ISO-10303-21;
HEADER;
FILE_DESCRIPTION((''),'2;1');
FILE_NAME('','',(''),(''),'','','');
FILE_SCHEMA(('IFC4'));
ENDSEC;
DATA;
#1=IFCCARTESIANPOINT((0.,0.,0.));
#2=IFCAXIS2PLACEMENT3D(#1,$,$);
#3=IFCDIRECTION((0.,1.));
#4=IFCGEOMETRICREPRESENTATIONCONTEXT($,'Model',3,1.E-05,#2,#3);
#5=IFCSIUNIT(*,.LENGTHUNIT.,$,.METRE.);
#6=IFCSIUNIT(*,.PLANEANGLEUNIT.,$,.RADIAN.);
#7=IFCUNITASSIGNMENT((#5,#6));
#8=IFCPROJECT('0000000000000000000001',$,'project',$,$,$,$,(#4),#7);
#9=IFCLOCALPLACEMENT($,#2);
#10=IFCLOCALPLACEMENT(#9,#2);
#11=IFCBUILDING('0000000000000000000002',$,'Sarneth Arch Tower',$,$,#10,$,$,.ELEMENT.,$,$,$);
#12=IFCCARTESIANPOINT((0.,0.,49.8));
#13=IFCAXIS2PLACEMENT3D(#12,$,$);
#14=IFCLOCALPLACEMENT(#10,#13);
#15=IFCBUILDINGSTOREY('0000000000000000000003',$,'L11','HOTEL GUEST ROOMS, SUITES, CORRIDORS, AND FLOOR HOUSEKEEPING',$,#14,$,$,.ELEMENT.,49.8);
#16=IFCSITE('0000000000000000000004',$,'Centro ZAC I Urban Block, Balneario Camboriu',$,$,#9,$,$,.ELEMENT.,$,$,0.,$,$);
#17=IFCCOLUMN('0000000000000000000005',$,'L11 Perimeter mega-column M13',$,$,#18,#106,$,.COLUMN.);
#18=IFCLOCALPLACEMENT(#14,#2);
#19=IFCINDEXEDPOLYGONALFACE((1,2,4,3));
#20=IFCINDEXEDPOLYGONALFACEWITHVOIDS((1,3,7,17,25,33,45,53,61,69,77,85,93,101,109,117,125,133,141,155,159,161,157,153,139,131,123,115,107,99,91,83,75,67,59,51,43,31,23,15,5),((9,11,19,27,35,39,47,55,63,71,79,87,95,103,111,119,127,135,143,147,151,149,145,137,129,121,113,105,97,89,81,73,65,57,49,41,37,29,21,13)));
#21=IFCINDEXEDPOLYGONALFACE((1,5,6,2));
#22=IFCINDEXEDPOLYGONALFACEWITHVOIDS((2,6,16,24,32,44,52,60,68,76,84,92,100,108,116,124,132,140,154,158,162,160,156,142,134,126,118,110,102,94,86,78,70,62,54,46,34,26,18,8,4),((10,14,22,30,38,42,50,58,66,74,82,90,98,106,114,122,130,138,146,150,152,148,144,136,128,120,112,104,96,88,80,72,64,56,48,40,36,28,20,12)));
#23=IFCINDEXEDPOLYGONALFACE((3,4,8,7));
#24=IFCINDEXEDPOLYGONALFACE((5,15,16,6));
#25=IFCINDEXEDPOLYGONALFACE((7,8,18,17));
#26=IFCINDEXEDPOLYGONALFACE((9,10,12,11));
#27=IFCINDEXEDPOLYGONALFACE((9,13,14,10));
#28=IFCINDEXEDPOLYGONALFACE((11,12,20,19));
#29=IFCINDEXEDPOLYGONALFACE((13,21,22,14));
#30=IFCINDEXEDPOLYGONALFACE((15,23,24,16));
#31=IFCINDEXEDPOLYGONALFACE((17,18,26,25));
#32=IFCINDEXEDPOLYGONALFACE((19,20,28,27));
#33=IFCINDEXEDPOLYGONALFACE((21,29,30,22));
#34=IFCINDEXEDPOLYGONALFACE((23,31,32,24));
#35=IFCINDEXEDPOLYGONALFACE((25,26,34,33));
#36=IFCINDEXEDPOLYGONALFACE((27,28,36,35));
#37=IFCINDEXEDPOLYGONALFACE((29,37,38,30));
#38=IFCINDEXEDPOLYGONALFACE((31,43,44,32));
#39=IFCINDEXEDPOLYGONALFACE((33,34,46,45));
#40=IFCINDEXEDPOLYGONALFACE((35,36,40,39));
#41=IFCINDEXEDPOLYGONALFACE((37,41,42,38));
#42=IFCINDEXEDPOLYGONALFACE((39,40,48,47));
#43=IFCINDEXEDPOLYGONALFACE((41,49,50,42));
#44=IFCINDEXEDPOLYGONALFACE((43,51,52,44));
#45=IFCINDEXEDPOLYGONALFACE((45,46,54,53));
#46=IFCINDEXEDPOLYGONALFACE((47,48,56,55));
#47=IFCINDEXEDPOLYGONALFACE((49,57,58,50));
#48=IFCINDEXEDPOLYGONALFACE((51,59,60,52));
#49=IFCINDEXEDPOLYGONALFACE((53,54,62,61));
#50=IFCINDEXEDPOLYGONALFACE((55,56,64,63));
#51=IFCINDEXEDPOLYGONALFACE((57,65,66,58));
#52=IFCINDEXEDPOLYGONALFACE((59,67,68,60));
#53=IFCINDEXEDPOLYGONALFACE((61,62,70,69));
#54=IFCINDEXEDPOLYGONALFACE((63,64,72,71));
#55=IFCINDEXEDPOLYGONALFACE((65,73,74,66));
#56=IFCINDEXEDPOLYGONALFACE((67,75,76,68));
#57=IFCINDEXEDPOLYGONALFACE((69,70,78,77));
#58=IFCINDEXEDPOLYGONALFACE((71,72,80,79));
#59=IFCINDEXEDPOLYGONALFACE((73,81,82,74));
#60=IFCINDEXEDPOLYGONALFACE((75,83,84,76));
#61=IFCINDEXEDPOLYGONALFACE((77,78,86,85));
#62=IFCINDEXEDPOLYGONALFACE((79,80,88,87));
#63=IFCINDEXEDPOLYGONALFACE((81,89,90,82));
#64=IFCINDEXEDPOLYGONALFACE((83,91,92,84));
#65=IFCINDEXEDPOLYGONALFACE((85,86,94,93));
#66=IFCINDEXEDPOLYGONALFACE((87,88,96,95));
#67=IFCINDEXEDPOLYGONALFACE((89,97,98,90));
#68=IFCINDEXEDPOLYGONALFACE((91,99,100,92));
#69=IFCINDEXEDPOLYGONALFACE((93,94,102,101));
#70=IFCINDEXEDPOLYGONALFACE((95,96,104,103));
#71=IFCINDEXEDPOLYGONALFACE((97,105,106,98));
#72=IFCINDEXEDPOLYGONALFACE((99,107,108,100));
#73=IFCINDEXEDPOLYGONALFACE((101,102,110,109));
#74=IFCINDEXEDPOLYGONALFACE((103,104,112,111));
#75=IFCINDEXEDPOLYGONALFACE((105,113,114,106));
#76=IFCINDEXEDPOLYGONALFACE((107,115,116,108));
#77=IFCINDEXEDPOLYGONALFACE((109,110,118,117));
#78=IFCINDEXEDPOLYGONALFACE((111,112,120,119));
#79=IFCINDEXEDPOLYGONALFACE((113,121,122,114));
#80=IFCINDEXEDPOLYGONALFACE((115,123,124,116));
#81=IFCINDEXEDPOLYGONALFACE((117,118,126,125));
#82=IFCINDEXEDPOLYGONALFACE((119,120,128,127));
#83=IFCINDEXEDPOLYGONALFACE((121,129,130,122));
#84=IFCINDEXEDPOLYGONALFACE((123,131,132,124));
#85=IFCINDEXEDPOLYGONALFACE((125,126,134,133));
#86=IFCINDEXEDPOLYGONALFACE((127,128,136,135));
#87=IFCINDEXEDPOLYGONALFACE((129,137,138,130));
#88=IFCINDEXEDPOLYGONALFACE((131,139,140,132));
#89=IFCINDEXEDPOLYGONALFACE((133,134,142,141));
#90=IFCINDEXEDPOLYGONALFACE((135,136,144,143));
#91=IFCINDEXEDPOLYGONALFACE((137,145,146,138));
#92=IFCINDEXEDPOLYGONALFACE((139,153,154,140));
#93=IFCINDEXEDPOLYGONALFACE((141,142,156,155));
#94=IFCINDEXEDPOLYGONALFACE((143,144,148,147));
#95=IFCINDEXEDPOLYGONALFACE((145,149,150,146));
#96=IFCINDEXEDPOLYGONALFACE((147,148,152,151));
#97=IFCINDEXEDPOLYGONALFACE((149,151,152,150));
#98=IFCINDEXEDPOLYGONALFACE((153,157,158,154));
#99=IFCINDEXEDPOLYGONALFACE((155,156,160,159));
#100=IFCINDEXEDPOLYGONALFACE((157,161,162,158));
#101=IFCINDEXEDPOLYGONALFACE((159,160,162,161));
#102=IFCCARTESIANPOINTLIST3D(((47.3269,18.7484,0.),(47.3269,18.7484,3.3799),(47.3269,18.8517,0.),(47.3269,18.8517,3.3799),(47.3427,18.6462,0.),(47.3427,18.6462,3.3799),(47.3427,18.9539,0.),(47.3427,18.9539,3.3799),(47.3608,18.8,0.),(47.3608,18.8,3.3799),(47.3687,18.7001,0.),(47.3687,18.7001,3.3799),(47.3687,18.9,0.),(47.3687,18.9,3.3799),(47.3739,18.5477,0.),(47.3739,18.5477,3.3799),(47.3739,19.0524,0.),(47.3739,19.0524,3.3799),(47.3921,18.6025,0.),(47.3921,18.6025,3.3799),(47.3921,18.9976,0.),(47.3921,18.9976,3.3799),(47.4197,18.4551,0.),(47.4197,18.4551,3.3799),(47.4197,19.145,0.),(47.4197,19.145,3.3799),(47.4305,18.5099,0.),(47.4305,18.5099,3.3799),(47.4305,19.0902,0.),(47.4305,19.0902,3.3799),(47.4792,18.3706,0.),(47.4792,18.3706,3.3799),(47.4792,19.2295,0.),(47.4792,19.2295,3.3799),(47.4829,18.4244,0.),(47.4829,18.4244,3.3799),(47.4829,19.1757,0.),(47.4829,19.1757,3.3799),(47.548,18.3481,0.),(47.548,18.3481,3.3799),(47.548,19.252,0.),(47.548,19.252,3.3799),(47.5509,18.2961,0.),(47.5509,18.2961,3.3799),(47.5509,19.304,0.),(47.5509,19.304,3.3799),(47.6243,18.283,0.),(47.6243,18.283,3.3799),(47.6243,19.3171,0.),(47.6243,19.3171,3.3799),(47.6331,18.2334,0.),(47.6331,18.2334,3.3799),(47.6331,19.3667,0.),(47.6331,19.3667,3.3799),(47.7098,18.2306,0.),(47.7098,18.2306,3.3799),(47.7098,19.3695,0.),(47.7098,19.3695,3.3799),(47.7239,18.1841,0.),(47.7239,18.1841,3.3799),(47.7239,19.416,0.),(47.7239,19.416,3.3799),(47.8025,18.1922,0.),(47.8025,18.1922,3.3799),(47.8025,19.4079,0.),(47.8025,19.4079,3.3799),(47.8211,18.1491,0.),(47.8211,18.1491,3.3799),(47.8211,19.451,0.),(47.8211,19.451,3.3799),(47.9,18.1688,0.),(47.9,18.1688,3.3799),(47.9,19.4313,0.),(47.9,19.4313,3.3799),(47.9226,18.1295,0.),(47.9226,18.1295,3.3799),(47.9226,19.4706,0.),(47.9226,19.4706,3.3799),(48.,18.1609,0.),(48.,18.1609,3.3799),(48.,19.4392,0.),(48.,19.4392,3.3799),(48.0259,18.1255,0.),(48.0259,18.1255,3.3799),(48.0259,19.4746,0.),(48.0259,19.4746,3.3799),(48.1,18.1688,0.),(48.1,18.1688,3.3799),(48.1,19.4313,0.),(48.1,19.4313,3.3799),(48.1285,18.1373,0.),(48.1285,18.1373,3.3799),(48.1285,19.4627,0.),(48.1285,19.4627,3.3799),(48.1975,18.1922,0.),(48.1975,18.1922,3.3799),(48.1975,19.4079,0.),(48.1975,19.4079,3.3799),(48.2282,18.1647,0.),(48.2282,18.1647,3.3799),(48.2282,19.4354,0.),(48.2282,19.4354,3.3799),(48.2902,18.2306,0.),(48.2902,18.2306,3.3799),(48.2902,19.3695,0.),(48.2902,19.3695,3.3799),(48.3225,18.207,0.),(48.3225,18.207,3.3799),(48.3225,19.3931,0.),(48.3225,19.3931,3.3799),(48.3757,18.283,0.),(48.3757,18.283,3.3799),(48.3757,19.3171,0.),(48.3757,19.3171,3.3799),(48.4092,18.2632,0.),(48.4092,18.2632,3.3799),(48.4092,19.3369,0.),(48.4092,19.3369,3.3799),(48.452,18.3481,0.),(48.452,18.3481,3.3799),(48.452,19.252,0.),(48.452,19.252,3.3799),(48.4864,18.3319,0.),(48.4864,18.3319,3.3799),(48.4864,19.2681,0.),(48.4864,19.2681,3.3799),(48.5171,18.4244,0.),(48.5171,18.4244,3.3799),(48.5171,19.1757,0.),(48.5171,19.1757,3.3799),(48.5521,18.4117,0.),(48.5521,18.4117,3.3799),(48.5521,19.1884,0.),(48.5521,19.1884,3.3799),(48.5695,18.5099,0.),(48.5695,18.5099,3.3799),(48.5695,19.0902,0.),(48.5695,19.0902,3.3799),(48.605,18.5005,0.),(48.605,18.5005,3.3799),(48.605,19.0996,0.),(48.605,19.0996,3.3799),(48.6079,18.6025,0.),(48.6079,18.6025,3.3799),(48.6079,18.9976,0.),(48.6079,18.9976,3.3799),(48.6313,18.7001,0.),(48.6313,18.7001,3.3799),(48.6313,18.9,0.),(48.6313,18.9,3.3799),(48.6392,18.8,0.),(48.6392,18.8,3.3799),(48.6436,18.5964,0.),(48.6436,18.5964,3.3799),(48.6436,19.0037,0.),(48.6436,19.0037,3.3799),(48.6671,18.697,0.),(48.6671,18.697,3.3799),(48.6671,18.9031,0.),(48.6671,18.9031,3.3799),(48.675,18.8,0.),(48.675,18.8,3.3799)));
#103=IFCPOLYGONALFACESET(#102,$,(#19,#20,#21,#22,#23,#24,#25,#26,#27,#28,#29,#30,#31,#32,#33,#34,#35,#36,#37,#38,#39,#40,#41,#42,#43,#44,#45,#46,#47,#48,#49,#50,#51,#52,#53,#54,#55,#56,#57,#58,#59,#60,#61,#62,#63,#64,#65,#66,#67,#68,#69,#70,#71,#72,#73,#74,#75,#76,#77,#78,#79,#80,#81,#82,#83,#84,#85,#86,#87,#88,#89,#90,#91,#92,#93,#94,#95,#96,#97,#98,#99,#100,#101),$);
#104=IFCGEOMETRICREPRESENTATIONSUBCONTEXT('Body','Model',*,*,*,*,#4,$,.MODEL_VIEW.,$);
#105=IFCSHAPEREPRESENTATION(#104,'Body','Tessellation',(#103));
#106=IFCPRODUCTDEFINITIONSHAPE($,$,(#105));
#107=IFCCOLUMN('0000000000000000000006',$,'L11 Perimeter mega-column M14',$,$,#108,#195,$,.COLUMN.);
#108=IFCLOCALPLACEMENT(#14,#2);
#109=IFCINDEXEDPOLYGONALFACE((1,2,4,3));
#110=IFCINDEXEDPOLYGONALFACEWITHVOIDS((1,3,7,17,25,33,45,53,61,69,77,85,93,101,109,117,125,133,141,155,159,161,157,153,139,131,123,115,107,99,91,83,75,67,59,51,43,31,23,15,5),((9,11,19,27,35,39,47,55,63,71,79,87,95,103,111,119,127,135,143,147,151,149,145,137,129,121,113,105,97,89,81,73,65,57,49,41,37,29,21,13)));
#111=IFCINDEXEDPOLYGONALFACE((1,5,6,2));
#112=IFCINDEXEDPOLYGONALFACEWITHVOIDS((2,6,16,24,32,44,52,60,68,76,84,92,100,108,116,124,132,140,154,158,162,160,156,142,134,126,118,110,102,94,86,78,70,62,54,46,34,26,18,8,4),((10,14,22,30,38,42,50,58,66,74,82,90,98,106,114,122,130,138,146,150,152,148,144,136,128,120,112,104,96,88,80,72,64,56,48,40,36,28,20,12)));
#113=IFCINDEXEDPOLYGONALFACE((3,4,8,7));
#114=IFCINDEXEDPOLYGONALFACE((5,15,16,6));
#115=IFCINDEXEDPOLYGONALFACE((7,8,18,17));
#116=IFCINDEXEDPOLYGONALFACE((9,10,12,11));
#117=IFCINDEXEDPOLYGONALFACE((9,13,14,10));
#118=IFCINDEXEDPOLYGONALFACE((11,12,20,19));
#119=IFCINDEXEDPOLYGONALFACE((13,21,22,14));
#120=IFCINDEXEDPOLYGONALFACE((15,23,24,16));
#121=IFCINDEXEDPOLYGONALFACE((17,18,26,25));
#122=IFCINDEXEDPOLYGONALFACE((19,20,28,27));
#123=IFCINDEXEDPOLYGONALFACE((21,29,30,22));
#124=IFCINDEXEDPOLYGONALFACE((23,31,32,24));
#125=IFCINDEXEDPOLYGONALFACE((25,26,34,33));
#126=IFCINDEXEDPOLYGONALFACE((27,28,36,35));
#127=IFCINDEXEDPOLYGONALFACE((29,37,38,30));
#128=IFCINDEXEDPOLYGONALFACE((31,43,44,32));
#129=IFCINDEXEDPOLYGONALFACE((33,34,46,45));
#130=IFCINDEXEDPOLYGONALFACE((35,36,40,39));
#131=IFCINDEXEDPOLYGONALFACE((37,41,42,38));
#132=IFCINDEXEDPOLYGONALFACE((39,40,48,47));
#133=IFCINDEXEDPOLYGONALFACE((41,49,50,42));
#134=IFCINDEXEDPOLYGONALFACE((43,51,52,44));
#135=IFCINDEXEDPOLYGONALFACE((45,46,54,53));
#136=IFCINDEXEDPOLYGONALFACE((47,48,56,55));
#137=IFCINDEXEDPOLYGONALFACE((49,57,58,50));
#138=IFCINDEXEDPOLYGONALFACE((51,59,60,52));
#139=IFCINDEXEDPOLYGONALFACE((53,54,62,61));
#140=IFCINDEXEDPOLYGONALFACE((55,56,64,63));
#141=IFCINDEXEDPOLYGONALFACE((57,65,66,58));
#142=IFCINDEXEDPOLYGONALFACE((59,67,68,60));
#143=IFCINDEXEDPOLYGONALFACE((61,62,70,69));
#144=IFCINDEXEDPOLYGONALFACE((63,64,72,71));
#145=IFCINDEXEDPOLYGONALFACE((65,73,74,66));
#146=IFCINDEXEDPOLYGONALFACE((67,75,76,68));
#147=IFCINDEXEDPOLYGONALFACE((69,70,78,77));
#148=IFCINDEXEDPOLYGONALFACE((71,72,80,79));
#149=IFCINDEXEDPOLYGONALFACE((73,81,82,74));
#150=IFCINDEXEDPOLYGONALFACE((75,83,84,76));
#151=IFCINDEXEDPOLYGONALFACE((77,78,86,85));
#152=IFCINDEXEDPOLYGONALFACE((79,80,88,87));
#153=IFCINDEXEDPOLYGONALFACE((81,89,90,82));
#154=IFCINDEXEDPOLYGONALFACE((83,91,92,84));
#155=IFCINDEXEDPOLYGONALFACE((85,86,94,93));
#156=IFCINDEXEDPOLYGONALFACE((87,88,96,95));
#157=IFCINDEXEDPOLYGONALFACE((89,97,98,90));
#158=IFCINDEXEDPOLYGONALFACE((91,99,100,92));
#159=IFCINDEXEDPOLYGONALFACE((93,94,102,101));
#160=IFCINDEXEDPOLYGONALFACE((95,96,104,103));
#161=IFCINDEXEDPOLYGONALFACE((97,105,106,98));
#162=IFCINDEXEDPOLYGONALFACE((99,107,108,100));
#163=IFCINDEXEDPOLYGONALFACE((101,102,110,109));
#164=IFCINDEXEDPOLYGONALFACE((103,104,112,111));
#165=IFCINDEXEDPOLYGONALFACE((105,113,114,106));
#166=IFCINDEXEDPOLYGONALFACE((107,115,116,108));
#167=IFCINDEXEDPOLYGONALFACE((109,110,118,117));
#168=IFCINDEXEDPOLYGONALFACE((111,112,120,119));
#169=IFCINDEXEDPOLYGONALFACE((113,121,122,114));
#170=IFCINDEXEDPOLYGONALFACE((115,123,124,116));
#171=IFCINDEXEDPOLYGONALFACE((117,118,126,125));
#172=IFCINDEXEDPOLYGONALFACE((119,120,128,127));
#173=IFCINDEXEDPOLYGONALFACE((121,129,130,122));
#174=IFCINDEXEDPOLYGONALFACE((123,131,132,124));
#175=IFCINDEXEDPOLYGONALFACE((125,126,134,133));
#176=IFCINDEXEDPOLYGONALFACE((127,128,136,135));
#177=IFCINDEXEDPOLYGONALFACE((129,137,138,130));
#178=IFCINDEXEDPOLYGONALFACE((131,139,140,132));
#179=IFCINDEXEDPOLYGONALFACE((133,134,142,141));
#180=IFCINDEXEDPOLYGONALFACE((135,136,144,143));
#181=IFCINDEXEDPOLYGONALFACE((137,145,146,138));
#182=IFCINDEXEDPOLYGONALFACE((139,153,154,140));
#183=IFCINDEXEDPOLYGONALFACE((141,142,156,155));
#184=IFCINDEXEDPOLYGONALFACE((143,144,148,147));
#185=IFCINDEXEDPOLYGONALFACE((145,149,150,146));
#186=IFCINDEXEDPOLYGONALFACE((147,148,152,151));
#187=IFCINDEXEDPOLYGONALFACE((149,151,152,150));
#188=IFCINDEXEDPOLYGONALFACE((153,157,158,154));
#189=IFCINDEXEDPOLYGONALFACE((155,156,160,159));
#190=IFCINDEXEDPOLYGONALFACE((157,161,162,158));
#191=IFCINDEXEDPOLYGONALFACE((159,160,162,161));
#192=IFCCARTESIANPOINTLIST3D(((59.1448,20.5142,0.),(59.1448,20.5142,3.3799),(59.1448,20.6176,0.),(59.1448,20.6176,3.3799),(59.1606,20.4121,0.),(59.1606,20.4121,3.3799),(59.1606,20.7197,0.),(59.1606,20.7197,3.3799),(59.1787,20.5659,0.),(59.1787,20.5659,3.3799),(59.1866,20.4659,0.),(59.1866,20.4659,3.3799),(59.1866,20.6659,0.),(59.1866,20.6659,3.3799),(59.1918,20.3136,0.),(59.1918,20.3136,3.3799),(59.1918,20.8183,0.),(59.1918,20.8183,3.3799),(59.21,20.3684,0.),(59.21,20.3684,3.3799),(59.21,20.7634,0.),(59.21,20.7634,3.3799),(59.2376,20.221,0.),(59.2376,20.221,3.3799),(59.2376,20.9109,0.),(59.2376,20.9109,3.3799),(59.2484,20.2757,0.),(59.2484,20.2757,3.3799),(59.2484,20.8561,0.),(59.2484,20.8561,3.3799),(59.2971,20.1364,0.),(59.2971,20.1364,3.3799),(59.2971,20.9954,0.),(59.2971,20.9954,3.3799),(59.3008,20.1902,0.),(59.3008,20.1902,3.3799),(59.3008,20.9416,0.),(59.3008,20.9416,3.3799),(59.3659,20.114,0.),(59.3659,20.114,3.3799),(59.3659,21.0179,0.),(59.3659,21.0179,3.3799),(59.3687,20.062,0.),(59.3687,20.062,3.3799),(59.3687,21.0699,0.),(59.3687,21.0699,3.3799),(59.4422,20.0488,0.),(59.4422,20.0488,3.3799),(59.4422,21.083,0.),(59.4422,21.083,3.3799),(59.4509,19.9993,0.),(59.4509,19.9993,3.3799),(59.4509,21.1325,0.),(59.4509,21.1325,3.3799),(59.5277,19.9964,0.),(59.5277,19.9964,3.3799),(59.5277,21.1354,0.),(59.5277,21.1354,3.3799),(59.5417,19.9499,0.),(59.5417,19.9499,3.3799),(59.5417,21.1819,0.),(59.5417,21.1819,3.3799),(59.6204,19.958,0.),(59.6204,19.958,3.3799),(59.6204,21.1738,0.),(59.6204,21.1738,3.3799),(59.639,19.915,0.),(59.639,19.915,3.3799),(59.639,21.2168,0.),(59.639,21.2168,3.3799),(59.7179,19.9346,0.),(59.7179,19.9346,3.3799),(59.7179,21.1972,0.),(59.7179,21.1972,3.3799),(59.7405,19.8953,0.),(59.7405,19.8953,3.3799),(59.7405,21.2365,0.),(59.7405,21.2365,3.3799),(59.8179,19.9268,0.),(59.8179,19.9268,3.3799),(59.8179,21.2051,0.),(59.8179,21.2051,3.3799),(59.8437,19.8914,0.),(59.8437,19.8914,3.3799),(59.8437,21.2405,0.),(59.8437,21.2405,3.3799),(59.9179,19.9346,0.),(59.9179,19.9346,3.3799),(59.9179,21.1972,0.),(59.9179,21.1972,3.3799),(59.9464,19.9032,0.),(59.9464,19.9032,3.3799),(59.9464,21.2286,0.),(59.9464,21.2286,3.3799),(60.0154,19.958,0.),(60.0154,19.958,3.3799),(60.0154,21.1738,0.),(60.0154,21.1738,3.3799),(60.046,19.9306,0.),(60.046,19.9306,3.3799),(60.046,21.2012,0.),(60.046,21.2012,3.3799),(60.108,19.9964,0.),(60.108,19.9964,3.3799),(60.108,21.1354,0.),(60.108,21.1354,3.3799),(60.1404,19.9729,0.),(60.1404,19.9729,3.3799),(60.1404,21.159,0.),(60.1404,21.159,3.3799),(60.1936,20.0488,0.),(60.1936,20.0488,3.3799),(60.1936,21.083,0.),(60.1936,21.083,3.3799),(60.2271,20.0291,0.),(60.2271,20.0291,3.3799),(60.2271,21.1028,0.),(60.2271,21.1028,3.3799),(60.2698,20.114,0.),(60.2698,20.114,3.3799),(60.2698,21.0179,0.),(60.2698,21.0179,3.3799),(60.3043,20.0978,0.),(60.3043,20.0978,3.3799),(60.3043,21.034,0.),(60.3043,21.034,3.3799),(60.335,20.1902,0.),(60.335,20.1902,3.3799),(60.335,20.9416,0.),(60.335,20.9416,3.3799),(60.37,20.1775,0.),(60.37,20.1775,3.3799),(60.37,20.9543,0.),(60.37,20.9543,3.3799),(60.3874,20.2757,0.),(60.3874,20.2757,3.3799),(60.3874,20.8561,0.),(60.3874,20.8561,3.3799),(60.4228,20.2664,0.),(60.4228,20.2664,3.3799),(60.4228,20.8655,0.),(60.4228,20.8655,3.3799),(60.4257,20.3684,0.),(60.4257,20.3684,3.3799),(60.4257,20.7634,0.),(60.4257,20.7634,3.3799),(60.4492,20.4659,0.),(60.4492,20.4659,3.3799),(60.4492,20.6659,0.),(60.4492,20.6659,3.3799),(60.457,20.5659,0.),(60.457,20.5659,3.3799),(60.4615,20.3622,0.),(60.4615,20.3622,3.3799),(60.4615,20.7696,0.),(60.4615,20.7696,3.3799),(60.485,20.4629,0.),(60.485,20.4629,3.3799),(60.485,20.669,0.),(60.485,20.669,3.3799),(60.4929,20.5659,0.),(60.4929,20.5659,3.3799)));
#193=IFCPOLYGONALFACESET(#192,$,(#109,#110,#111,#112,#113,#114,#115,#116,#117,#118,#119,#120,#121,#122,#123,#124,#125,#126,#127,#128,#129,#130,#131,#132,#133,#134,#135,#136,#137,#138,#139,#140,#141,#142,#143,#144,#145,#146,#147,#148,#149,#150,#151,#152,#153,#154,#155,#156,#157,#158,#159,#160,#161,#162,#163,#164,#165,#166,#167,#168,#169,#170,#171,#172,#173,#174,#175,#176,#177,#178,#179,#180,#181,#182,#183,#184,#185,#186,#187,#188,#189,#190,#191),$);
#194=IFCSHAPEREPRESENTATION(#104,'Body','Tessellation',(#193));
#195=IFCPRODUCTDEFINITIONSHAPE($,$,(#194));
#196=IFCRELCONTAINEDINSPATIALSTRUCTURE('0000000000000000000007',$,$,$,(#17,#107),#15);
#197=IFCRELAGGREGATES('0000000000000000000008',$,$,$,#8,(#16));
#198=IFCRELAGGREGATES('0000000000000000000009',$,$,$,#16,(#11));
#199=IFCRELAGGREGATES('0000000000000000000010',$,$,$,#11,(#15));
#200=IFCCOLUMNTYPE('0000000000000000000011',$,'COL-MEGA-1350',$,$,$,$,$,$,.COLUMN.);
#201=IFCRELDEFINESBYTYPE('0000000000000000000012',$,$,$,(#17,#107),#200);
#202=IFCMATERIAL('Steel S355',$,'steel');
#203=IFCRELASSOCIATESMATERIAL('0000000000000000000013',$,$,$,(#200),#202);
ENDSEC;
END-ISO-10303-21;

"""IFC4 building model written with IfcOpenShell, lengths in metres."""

from ifc_helpers import new_model, si_unit, direction, frame, origin, origin_2d, place, context, subcontext, project, spatial, hollow_circle, extrude, material, material_profile, profile_set, type_object, element, save


model = new_model("IFC4")

# Units and contexts
model_context = context("Model", 3, precision=1e-05, world=origin(), true_north=direction((0.0, 1.0)))
body_context = subcontext(model_context, "Body", "Model", "MODEL_VIEW")
ifc_project = project(units=[si_unit("LENGTHUNIT", "METRE"), si_unit("PLANEANGLEUNIT", "RADIAN")], contexts=[model_context])

# Site, building, storey
site_placement = place(None, origin())
site = spatial("IfcSite", under=ifc_project, at=site_placement, Name="Centro ZAC I Urban Block, Balneario Camboriu", CompositionType="ELEMENT", RefElevation=0.0)
building_placement = place(site_placement, origin())
building = spatial("IfcBuilding", under=site, at=building_placement, Name="Sarneth Arch Tower", CompositionType="ELEMENT")
storey_placement = place(building_placement, frame((0.0, 0.0, 49.8)))
storey = spatial("IfcBuildingStorey", under=building, at=storey_placement, Name="L11", Description="HOTEL GUEST ROOMS, SUITES, CORRIDORS, AND FLOOR HOUSEKEEPING", CompositionType="ELEMENT", Elevation=49.8)

# Columns
ifc_material_1 = material(Name="Steel S355", Category="steel")
ifc_material_profile_1 = material_profile(ifc_material_1, hollow_circle(Radius=0.675, WallThickness=0.0359, at=origin_2d()), Name="CHS1350x36")
ifc_profile_set_1 = profile_set([ifc_material_profile_1], Name="Steel S355")
column_type = type_object("IfcColumnType", Name="COL-MEGA-1350", PredefinedType="COLUMN", material=ifc_profile_set_1)
for number, where, z_axis, x_axis, name in (
    (1, (48.0, 18.8, 0.0), (0.0, 0.0, 1.0), (1.0, 0.0, 0.0), "L11 Perimeter mega-column M13"),
    (2, (59.8179, 20.5659, 0.0), (0.0, 0.0, 1.0), (1.0, 0.0, 0.0), "L11 Perimeter mega-column M14"),
):
    element("IfcColumn", number, at=place(storey_placement, frame(where, z_axis=z_axis, x_axis=x_axis)), inside=storey, type_object=column_type, Name=name, PredefinedType="COLUMN", context=body_context, shape_type="SweptSolid", body=[
        extrude(hollow_circle(Radius=0.675, WallThickness=0.0359, at=origin_2d()), origin(), (0.0, 0.0, 1.0), 3.3799),
    ])

save(model, "model.ifc")
